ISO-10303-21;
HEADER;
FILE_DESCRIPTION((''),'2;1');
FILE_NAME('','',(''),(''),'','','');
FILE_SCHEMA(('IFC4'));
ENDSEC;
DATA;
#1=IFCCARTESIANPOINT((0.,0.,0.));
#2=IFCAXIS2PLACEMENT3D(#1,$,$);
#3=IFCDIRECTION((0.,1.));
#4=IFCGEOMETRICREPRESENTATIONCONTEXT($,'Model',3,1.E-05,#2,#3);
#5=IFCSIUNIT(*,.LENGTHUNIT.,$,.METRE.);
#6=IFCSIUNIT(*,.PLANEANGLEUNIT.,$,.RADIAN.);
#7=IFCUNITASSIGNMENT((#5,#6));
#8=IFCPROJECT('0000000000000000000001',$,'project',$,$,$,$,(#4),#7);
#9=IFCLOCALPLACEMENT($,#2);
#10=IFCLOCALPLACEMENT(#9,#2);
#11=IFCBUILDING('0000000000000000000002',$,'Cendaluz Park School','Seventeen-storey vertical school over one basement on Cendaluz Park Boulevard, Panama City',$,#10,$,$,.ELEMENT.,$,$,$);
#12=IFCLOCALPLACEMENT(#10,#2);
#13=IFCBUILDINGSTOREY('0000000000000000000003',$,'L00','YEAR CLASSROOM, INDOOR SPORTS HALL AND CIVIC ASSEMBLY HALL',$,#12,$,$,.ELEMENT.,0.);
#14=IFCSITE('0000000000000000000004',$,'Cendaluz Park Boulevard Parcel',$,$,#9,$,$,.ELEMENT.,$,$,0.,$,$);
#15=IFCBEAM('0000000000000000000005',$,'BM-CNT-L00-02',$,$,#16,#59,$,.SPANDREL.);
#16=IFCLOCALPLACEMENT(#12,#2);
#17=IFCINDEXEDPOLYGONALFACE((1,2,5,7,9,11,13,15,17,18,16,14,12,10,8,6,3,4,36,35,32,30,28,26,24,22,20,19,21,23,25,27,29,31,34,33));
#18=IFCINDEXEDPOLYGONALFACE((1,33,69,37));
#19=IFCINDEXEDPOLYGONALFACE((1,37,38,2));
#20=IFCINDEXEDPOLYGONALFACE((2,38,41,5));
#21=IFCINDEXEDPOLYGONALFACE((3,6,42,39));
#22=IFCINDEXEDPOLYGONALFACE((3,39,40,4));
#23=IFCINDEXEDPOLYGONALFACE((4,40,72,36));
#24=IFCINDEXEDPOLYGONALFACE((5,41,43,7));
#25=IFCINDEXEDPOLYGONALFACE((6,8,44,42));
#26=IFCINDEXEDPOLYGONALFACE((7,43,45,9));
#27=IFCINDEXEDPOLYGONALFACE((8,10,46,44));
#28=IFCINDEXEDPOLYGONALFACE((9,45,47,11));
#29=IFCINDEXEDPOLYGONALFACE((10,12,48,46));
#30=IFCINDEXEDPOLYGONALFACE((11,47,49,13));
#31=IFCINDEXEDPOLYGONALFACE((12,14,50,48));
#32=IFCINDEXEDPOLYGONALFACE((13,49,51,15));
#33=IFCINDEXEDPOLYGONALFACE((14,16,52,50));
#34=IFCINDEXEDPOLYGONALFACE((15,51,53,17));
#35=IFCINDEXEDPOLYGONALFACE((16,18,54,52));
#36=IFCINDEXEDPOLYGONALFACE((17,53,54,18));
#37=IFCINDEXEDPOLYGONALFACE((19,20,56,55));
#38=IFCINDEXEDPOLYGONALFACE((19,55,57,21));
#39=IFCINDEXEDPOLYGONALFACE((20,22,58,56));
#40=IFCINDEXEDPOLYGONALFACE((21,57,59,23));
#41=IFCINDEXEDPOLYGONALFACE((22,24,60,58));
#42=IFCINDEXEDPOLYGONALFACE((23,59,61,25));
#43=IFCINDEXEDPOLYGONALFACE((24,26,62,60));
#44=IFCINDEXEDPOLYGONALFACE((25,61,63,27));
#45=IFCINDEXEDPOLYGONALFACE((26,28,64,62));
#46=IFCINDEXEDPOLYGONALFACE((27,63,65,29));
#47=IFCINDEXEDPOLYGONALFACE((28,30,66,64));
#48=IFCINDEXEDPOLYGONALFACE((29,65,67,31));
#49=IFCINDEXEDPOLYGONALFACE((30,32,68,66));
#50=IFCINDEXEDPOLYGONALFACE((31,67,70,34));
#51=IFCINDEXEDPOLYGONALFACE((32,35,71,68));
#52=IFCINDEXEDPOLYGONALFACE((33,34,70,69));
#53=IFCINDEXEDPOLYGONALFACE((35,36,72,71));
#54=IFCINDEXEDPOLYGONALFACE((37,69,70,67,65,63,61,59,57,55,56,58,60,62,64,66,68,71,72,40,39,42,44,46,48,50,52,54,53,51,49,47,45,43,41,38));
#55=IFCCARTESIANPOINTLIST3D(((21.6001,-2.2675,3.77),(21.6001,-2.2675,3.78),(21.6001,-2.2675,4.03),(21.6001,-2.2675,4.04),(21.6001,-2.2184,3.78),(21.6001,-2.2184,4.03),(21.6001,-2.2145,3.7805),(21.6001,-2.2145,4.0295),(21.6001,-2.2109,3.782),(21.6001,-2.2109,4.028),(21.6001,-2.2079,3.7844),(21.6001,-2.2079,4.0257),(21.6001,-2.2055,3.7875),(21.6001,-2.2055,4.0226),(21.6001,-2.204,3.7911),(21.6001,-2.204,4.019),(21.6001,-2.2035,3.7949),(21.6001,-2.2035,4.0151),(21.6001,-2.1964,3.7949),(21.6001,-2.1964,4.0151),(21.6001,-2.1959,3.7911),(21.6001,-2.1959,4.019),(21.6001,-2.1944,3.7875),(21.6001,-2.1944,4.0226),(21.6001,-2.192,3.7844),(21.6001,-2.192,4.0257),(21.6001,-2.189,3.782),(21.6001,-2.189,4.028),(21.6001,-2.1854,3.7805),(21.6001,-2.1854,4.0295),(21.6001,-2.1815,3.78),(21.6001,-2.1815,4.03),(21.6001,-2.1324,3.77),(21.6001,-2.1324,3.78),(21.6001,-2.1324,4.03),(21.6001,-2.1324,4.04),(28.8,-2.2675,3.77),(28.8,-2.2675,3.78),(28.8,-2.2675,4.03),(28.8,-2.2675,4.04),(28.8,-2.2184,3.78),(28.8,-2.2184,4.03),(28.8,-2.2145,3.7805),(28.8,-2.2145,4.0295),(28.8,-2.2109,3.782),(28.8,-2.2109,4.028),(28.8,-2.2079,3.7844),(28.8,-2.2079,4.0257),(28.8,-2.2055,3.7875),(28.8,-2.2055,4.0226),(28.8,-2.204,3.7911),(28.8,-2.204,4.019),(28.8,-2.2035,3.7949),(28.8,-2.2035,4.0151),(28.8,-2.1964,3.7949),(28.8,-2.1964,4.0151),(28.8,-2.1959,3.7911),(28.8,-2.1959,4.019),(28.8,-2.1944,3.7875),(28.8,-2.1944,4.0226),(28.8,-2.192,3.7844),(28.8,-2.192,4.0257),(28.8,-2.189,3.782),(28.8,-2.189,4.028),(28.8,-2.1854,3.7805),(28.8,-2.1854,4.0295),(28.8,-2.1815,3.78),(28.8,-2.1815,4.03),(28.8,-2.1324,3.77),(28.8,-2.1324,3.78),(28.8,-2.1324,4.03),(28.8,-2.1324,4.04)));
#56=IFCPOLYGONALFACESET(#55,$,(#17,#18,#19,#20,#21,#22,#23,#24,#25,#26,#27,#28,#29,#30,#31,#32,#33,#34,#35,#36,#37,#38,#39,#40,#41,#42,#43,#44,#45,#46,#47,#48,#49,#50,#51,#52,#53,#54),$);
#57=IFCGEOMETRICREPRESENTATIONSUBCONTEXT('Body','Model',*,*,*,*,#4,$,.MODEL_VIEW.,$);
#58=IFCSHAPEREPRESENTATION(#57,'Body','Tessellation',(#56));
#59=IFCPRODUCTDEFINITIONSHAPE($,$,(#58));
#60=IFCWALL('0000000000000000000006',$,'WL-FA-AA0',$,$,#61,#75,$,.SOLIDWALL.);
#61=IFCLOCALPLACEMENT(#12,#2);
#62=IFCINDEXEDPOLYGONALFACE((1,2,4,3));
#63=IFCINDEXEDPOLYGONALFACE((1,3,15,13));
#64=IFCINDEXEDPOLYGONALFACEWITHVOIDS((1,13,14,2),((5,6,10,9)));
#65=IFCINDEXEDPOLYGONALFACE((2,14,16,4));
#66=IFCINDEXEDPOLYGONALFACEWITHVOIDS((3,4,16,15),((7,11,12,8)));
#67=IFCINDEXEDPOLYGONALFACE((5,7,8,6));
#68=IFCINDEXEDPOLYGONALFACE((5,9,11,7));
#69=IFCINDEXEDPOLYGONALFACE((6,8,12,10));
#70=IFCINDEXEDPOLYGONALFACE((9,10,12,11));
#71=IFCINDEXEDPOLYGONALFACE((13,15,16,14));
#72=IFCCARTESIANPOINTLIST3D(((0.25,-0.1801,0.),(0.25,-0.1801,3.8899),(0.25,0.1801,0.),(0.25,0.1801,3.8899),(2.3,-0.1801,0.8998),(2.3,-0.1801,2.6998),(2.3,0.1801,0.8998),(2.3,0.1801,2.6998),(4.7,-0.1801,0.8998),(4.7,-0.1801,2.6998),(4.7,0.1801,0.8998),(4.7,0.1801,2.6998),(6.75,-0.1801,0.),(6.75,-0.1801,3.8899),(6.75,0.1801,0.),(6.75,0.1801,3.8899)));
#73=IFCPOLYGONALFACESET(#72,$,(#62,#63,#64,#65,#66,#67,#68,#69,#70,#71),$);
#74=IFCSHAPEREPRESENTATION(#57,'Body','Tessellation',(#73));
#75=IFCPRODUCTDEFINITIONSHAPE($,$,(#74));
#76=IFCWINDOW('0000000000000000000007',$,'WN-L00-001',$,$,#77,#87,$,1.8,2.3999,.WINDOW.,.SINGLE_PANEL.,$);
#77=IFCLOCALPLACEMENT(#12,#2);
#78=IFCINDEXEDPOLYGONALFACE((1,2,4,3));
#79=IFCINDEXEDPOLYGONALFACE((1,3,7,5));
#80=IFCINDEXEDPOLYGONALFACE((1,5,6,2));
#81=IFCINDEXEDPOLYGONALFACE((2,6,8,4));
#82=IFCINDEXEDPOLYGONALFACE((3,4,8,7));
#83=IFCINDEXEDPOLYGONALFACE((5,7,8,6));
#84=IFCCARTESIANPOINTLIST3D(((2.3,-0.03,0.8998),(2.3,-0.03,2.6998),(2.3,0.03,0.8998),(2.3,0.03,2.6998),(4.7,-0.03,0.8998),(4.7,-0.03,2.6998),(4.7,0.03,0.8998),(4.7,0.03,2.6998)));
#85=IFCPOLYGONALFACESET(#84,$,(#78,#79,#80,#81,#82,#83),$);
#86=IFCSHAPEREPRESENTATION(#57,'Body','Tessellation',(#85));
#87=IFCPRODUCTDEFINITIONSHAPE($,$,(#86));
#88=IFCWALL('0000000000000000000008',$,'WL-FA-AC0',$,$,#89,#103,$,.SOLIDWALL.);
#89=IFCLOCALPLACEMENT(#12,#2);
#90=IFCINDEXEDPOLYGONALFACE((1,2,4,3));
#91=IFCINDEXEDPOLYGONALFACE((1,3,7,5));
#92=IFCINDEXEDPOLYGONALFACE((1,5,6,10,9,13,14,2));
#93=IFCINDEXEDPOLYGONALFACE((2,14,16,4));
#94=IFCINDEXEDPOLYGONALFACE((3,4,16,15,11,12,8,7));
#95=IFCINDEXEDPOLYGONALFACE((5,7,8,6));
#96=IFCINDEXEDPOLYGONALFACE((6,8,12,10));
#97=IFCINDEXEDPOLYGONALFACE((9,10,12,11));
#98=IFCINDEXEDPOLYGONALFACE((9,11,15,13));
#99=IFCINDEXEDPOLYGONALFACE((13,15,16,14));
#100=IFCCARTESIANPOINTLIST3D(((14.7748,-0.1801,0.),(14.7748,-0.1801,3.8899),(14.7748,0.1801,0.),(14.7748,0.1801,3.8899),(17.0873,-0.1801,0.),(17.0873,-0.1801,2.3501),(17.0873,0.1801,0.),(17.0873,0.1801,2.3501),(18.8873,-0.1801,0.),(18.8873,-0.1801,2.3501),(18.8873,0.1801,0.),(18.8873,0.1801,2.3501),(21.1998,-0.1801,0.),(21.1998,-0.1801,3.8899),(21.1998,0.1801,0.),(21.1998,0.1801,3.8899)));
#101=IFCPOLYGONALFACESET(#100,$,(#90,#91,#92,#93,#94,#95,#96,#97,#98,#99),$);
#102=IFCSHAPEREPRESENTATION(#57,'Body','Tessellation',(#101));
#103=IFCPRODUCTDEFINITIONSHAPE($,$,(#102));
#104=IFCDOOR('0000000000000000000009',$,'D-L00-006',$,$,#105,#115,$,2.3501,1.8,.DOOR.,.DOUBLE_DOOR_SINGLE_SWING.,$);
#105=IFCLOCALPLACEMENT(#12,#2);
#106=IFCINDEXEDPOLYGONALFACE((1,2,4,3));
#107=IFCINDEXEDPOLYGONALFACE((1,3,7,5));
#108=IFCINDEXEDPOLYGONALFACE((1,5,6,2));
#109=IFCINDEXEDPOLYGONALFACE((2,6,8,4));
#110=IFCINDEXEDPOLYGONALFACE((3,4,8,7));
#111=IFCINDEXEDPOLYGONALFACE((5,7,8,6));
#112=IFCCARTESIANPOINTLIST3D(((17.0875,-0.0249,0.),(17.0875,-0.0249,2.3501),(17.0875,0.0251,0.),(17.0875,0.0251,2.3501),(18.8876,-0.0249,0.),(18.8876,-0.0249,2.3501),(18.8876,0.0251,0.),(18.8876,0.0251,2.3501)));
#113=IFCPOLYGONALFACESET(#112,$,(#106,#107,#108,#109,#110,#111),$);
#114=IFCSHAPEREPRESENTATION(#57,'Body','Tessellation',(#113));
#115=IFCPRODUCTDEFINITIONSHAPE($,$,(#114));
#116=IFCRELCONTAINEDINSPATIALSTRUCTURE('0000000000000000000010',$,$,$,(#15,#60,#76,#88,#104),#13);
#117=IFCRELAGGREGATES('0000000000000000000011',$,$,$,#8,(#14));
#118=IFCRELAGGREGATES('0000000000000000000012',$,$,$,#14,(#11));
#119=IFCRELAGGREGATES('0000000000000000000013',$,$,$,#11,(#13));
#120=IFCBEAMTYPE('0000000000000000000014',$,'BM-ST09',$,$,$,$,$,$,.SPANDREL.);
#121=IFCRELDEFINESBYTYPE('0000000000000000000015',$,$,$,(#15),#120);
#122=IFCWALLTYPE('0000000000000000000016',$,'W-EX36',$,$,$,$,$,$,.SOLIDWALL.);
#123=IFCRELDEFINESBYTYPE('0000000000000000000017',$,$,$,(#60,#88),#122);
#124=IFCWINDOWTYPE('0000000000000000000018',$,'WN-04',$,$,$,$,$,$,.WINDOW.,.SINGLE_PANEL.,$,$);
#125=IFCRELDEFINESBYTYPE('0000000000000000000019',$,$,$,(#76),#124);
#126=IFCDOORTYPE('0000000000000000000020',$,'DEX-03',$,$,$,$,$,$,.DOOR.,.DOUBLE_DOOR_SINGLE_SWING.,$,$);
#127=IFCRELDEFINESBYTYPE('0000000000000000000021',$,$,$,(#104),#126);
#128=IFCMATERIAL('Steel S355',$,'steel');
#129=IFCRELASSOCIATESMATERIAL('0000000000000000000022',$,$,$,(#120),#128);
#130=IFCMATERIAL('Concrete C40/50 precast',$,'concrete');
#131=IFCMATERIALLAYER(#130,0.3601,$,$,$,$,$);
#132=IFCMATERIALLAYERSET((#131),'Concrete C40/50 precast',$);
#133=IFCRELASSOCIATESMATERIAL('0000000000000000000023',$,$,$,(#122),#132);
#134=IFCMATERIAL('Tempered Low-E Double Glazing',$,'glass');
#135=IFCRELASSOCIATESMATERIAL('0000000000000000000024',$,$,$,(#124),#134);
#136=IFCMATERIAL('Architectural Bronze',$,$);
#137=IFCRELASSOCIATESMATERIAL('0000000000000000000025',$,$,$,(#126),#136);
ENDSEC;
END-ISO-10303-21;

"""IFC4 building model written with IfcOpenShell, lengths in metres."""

from ifc_helpers import new_model, si_unit, direction, frame, frame_2d, origin, origin_2d, place, context, subcontext, project, spatial, rectangle, i_section, extrude, material, layer, layer_set, material_profile, profile_set, type_object, element, fill, save


model = new_model("IFC4")

# Units and contexts
model_context = context("Model", 3, precision=1e-05, world=origin(), true_north=direction((0.0, 1.0)))
body_context = subcontext(model_context, "Body", "Model", "MODEL_VIEW")
ifc_project = project(units=[si_unit("LENGTHUNIT", "METRE"), si_unit("PLANEANGLEUNIT", "RADIAN")], contexts=[model_context])

# Site, building, storey
site_placement = place(None, origin())
site = spatial("IfcSite", under=ifc_project, at=site_placement, Name="Cendaluz Park Boulevard Parcel", CompositionType="ELEMENT", RefElevation=0.0)
building_placement = place(site_placement, origin())
building = spatial("IfcBuilding", under=site, at=building_placement, Name="Cendaluz Park School", Description="Seventeen-storey vertical school over one basement on Cendaluz Park Boulevard, Panama City", CompositionType="ELEMENT")
storey_placement = place(building_placement, origin())
storey = spatial("IfcBuildingStorey", under=building, at=storey_placement, Name="L00", Description="YEAR CLASSROOM, INDOOR SPORTS HALL AND CIVIC ASSEMBLY HALL", CompositionType="ELEMENT", Elevation=0.0)

# Beam
ifc_material_1 = material(Name="Steel S355", Category="steel")
ifc_material_profile_1 = material_profile(ifc_material_1, i_section(OverallWidth=0.135, OverallDepth=0.27, WebThickness=0.0071, FlangeThickness=0.01, FilletRadius=0.0149, at=origin_2d()), Name="IPE 270", Category="steel")
ifc_profile_set_1 = profile_set([ifc_material_profile_1], Name="Steel S355")
beam_type_1 = type_object("IfcBeamType", Name="BM-ST09", PredefinedType="SPANDREL", material=ifc_profile_set_1)
for number, where, z_axis, x_axis, name in (
    (1, (21.6001, -2.2, 3.905), (1.0, 0.0, 0.0), (0.0, 1.0, 0.0), "BM-CNT-L00-02"),
):
    element("IfcBeam", number, at=place(storey_placement, frame(where, z_axis=z_axis, x_axis=x_axis)), inside=storey, type_object=beam_type_1, Name=name, PredefinedType="SPANDREL", context=body_context, shape_type="SweptSolid", body=[
        extrude(i_section(OverallWidth=0.135, OverallDepth=0.27, WebThickness=0.0071, FlangeThickness=0.01, FilletRadius=0.0149, at=origin_2d()), origin(), (0.0, 0.0, 1.0), 7.2),
    ])

# Wall, opening, window
ifc_material_2 = material(Name="Concrete C40/50 precast", Category="concrete")
ifc_layer = layer(ifc_material_2, 0.3601)
ifc_layer_set = layer_set([ifc_layer], Name="Concrete C40/50 precast")
wall_type = type_object("IfcWallType", Name="W-EX36", PredefinedType="SOLIDWALL", material=ifc_layer_set)
wall_1_placement = place(storey_placement, frame((0.25, 0.0, 0.0), z_axis=(0.0, 0.0, 1.0), x_axis=(1.0, 0.0, 0.0)))
wall_1 = element("IfcWall", 2, at=wall_1_placement, inside=storey, type_object=wall_type, Name="WL-FA-AA0", PredefinedType="SOLIDWALL", context=body_context, shape_type="SweptSolid", body=[
    extrude(rectangle(XDim=6.5, YDim=0.3601, at=frame_2d((3.25, 0.0))), origin(), (0.0, 0.0, 1.0), 3.8899),
])
opening_1_placement = place(wall_1_placement, frame((2.05, 0.0, 0.8999)))
opening_1 = element("IfcOpeningElement", 3, at=opening_1_placement, cuts=wall_1, PredefinedType="OPENING", context=body_context, shape_type="SweptSolid", body=[
    extrude(rectangle(XDim=2.3999, YDim=1.8, at=frame_2d((1.2, 0.8999))), frame((0.0, 0.1921, 0.0), z_axis=(0.0, -1.0, 0.0), x_axis=(1.0, 0.0, 0.0)), (0.0, 0.0, 1.0), 0.384),
])
ifc_material_3 = material(Name="Tempered Low-E Double Glazing", Category="glass")
window_type = type_object("IfcWindowType", Name="WN-04", PartitioningType="SINGLE_PANEL", PredefinedType="WINDOW", material=ifc_material_3)
window_placement = place(opening_1_placement, origin())
window = element("IfcWindow", 4, at=window_placement, inside=storey, type_object=window_type, Name="WN-L00-001", OverallHeight=1.8, OverallWidth=2.3999, PartitioningType="SINGLE_PANEL", PredefinedType="WINDOW", context=body_context, shape_type="SweptSolid", body=[
    extrude(rectangle(XDim=2.3999, YDim=1.8, at=frame_2d((1.2, 0.8999))), frame((0.0, 0.03, 0.0), z_axis=(0.0, -1.0, 0.0), x_axis=(1.0, 0.0, 0.0)), (0.0, 0.0, 1.0), 0.0601),
])
fill(opening_1, window)

# Wall, opening, door
ifc_material_4 = material(Name="Architectural Bronze")
wall_2_placement = place(storey_placement, frame((14.7749, 0.0, 0.0), z_axis=(0.0, 0.0, 1.0), x_axis=(1.0, 0.0, 0.0)))
wall_2 = element("IfcWall", 5, at=wall_2_placement, inside=storey, type_object=wall_type, Name="WL-FA-AC0", PredefinedType="SOLIDWALL", context=body_context, shape_type="SweptSolid", body=[
    extrude(rectangle(XDim=6.425, YDim=0.3601, at=frame_2d((3.2124, 0.0))), origin(), (0.0, 0.0, 1.0), 3.8899),
])
opening_2_placement = place(wall_2_placement, frame((2.3125, 0.0, 0.0)))
opening_2 = element("IfcOpeningElement", 6, at=opening_2_placement, cuts=wall_2, PredefinedType="OPENING", context=body_context, shape_type="SweptSolid", body=[
    extrude(rectangle(XDim=1.8, YDim=2.3501, at=frame_2d((0.8999, 1.175))), frame((0.0, 0.1921, 0.0), z_axis=(0.0, -1.0, 0.0), x_axis=(1.0, 0.0, 0.0)), (0.0, 0.0, 1.0), 0.384),
])
door_type_1 = type_object("IfcDoorType", Name="DEX-03", OperationType="DOUBLE_DOOR_SINGLE_SWING", PredefinedType="DOOR", material=ifc_material_4)
door_1_placement = place(opening_2_placement, frame((1.8, 0.0, 0.0), z_axis=(0.0, 0.0, 1.0), x_axis=(-1.0, 0.0, 0.0)))
door_1 = element("IfcDoor", 7, at=door_1_placement, inside=storey, type_object=door_type_1, Name="D-L00-006", OperationType="DOUBLE_DOOR_SINGLE_SWING", OverallHeight=2.3501, OverallWidth=1.8, PredefinedType="DOOR", context=body_context, shape_type="SweptSolid", body=[
    extrude(rectangle(XDim=1.8, YDim=2.3501, at=frame_2d((0.8999, 1.175))), frame((0.0, 0.0249, 0.0), z_axis=(0.0, -1.0, 0.0), x_axis=(1.0, 0.0, 0.0)), (0.0, 0.0, 1.0), 0.05),
])
fill(opening_2, door_1)

save(model, "model.ifc")
